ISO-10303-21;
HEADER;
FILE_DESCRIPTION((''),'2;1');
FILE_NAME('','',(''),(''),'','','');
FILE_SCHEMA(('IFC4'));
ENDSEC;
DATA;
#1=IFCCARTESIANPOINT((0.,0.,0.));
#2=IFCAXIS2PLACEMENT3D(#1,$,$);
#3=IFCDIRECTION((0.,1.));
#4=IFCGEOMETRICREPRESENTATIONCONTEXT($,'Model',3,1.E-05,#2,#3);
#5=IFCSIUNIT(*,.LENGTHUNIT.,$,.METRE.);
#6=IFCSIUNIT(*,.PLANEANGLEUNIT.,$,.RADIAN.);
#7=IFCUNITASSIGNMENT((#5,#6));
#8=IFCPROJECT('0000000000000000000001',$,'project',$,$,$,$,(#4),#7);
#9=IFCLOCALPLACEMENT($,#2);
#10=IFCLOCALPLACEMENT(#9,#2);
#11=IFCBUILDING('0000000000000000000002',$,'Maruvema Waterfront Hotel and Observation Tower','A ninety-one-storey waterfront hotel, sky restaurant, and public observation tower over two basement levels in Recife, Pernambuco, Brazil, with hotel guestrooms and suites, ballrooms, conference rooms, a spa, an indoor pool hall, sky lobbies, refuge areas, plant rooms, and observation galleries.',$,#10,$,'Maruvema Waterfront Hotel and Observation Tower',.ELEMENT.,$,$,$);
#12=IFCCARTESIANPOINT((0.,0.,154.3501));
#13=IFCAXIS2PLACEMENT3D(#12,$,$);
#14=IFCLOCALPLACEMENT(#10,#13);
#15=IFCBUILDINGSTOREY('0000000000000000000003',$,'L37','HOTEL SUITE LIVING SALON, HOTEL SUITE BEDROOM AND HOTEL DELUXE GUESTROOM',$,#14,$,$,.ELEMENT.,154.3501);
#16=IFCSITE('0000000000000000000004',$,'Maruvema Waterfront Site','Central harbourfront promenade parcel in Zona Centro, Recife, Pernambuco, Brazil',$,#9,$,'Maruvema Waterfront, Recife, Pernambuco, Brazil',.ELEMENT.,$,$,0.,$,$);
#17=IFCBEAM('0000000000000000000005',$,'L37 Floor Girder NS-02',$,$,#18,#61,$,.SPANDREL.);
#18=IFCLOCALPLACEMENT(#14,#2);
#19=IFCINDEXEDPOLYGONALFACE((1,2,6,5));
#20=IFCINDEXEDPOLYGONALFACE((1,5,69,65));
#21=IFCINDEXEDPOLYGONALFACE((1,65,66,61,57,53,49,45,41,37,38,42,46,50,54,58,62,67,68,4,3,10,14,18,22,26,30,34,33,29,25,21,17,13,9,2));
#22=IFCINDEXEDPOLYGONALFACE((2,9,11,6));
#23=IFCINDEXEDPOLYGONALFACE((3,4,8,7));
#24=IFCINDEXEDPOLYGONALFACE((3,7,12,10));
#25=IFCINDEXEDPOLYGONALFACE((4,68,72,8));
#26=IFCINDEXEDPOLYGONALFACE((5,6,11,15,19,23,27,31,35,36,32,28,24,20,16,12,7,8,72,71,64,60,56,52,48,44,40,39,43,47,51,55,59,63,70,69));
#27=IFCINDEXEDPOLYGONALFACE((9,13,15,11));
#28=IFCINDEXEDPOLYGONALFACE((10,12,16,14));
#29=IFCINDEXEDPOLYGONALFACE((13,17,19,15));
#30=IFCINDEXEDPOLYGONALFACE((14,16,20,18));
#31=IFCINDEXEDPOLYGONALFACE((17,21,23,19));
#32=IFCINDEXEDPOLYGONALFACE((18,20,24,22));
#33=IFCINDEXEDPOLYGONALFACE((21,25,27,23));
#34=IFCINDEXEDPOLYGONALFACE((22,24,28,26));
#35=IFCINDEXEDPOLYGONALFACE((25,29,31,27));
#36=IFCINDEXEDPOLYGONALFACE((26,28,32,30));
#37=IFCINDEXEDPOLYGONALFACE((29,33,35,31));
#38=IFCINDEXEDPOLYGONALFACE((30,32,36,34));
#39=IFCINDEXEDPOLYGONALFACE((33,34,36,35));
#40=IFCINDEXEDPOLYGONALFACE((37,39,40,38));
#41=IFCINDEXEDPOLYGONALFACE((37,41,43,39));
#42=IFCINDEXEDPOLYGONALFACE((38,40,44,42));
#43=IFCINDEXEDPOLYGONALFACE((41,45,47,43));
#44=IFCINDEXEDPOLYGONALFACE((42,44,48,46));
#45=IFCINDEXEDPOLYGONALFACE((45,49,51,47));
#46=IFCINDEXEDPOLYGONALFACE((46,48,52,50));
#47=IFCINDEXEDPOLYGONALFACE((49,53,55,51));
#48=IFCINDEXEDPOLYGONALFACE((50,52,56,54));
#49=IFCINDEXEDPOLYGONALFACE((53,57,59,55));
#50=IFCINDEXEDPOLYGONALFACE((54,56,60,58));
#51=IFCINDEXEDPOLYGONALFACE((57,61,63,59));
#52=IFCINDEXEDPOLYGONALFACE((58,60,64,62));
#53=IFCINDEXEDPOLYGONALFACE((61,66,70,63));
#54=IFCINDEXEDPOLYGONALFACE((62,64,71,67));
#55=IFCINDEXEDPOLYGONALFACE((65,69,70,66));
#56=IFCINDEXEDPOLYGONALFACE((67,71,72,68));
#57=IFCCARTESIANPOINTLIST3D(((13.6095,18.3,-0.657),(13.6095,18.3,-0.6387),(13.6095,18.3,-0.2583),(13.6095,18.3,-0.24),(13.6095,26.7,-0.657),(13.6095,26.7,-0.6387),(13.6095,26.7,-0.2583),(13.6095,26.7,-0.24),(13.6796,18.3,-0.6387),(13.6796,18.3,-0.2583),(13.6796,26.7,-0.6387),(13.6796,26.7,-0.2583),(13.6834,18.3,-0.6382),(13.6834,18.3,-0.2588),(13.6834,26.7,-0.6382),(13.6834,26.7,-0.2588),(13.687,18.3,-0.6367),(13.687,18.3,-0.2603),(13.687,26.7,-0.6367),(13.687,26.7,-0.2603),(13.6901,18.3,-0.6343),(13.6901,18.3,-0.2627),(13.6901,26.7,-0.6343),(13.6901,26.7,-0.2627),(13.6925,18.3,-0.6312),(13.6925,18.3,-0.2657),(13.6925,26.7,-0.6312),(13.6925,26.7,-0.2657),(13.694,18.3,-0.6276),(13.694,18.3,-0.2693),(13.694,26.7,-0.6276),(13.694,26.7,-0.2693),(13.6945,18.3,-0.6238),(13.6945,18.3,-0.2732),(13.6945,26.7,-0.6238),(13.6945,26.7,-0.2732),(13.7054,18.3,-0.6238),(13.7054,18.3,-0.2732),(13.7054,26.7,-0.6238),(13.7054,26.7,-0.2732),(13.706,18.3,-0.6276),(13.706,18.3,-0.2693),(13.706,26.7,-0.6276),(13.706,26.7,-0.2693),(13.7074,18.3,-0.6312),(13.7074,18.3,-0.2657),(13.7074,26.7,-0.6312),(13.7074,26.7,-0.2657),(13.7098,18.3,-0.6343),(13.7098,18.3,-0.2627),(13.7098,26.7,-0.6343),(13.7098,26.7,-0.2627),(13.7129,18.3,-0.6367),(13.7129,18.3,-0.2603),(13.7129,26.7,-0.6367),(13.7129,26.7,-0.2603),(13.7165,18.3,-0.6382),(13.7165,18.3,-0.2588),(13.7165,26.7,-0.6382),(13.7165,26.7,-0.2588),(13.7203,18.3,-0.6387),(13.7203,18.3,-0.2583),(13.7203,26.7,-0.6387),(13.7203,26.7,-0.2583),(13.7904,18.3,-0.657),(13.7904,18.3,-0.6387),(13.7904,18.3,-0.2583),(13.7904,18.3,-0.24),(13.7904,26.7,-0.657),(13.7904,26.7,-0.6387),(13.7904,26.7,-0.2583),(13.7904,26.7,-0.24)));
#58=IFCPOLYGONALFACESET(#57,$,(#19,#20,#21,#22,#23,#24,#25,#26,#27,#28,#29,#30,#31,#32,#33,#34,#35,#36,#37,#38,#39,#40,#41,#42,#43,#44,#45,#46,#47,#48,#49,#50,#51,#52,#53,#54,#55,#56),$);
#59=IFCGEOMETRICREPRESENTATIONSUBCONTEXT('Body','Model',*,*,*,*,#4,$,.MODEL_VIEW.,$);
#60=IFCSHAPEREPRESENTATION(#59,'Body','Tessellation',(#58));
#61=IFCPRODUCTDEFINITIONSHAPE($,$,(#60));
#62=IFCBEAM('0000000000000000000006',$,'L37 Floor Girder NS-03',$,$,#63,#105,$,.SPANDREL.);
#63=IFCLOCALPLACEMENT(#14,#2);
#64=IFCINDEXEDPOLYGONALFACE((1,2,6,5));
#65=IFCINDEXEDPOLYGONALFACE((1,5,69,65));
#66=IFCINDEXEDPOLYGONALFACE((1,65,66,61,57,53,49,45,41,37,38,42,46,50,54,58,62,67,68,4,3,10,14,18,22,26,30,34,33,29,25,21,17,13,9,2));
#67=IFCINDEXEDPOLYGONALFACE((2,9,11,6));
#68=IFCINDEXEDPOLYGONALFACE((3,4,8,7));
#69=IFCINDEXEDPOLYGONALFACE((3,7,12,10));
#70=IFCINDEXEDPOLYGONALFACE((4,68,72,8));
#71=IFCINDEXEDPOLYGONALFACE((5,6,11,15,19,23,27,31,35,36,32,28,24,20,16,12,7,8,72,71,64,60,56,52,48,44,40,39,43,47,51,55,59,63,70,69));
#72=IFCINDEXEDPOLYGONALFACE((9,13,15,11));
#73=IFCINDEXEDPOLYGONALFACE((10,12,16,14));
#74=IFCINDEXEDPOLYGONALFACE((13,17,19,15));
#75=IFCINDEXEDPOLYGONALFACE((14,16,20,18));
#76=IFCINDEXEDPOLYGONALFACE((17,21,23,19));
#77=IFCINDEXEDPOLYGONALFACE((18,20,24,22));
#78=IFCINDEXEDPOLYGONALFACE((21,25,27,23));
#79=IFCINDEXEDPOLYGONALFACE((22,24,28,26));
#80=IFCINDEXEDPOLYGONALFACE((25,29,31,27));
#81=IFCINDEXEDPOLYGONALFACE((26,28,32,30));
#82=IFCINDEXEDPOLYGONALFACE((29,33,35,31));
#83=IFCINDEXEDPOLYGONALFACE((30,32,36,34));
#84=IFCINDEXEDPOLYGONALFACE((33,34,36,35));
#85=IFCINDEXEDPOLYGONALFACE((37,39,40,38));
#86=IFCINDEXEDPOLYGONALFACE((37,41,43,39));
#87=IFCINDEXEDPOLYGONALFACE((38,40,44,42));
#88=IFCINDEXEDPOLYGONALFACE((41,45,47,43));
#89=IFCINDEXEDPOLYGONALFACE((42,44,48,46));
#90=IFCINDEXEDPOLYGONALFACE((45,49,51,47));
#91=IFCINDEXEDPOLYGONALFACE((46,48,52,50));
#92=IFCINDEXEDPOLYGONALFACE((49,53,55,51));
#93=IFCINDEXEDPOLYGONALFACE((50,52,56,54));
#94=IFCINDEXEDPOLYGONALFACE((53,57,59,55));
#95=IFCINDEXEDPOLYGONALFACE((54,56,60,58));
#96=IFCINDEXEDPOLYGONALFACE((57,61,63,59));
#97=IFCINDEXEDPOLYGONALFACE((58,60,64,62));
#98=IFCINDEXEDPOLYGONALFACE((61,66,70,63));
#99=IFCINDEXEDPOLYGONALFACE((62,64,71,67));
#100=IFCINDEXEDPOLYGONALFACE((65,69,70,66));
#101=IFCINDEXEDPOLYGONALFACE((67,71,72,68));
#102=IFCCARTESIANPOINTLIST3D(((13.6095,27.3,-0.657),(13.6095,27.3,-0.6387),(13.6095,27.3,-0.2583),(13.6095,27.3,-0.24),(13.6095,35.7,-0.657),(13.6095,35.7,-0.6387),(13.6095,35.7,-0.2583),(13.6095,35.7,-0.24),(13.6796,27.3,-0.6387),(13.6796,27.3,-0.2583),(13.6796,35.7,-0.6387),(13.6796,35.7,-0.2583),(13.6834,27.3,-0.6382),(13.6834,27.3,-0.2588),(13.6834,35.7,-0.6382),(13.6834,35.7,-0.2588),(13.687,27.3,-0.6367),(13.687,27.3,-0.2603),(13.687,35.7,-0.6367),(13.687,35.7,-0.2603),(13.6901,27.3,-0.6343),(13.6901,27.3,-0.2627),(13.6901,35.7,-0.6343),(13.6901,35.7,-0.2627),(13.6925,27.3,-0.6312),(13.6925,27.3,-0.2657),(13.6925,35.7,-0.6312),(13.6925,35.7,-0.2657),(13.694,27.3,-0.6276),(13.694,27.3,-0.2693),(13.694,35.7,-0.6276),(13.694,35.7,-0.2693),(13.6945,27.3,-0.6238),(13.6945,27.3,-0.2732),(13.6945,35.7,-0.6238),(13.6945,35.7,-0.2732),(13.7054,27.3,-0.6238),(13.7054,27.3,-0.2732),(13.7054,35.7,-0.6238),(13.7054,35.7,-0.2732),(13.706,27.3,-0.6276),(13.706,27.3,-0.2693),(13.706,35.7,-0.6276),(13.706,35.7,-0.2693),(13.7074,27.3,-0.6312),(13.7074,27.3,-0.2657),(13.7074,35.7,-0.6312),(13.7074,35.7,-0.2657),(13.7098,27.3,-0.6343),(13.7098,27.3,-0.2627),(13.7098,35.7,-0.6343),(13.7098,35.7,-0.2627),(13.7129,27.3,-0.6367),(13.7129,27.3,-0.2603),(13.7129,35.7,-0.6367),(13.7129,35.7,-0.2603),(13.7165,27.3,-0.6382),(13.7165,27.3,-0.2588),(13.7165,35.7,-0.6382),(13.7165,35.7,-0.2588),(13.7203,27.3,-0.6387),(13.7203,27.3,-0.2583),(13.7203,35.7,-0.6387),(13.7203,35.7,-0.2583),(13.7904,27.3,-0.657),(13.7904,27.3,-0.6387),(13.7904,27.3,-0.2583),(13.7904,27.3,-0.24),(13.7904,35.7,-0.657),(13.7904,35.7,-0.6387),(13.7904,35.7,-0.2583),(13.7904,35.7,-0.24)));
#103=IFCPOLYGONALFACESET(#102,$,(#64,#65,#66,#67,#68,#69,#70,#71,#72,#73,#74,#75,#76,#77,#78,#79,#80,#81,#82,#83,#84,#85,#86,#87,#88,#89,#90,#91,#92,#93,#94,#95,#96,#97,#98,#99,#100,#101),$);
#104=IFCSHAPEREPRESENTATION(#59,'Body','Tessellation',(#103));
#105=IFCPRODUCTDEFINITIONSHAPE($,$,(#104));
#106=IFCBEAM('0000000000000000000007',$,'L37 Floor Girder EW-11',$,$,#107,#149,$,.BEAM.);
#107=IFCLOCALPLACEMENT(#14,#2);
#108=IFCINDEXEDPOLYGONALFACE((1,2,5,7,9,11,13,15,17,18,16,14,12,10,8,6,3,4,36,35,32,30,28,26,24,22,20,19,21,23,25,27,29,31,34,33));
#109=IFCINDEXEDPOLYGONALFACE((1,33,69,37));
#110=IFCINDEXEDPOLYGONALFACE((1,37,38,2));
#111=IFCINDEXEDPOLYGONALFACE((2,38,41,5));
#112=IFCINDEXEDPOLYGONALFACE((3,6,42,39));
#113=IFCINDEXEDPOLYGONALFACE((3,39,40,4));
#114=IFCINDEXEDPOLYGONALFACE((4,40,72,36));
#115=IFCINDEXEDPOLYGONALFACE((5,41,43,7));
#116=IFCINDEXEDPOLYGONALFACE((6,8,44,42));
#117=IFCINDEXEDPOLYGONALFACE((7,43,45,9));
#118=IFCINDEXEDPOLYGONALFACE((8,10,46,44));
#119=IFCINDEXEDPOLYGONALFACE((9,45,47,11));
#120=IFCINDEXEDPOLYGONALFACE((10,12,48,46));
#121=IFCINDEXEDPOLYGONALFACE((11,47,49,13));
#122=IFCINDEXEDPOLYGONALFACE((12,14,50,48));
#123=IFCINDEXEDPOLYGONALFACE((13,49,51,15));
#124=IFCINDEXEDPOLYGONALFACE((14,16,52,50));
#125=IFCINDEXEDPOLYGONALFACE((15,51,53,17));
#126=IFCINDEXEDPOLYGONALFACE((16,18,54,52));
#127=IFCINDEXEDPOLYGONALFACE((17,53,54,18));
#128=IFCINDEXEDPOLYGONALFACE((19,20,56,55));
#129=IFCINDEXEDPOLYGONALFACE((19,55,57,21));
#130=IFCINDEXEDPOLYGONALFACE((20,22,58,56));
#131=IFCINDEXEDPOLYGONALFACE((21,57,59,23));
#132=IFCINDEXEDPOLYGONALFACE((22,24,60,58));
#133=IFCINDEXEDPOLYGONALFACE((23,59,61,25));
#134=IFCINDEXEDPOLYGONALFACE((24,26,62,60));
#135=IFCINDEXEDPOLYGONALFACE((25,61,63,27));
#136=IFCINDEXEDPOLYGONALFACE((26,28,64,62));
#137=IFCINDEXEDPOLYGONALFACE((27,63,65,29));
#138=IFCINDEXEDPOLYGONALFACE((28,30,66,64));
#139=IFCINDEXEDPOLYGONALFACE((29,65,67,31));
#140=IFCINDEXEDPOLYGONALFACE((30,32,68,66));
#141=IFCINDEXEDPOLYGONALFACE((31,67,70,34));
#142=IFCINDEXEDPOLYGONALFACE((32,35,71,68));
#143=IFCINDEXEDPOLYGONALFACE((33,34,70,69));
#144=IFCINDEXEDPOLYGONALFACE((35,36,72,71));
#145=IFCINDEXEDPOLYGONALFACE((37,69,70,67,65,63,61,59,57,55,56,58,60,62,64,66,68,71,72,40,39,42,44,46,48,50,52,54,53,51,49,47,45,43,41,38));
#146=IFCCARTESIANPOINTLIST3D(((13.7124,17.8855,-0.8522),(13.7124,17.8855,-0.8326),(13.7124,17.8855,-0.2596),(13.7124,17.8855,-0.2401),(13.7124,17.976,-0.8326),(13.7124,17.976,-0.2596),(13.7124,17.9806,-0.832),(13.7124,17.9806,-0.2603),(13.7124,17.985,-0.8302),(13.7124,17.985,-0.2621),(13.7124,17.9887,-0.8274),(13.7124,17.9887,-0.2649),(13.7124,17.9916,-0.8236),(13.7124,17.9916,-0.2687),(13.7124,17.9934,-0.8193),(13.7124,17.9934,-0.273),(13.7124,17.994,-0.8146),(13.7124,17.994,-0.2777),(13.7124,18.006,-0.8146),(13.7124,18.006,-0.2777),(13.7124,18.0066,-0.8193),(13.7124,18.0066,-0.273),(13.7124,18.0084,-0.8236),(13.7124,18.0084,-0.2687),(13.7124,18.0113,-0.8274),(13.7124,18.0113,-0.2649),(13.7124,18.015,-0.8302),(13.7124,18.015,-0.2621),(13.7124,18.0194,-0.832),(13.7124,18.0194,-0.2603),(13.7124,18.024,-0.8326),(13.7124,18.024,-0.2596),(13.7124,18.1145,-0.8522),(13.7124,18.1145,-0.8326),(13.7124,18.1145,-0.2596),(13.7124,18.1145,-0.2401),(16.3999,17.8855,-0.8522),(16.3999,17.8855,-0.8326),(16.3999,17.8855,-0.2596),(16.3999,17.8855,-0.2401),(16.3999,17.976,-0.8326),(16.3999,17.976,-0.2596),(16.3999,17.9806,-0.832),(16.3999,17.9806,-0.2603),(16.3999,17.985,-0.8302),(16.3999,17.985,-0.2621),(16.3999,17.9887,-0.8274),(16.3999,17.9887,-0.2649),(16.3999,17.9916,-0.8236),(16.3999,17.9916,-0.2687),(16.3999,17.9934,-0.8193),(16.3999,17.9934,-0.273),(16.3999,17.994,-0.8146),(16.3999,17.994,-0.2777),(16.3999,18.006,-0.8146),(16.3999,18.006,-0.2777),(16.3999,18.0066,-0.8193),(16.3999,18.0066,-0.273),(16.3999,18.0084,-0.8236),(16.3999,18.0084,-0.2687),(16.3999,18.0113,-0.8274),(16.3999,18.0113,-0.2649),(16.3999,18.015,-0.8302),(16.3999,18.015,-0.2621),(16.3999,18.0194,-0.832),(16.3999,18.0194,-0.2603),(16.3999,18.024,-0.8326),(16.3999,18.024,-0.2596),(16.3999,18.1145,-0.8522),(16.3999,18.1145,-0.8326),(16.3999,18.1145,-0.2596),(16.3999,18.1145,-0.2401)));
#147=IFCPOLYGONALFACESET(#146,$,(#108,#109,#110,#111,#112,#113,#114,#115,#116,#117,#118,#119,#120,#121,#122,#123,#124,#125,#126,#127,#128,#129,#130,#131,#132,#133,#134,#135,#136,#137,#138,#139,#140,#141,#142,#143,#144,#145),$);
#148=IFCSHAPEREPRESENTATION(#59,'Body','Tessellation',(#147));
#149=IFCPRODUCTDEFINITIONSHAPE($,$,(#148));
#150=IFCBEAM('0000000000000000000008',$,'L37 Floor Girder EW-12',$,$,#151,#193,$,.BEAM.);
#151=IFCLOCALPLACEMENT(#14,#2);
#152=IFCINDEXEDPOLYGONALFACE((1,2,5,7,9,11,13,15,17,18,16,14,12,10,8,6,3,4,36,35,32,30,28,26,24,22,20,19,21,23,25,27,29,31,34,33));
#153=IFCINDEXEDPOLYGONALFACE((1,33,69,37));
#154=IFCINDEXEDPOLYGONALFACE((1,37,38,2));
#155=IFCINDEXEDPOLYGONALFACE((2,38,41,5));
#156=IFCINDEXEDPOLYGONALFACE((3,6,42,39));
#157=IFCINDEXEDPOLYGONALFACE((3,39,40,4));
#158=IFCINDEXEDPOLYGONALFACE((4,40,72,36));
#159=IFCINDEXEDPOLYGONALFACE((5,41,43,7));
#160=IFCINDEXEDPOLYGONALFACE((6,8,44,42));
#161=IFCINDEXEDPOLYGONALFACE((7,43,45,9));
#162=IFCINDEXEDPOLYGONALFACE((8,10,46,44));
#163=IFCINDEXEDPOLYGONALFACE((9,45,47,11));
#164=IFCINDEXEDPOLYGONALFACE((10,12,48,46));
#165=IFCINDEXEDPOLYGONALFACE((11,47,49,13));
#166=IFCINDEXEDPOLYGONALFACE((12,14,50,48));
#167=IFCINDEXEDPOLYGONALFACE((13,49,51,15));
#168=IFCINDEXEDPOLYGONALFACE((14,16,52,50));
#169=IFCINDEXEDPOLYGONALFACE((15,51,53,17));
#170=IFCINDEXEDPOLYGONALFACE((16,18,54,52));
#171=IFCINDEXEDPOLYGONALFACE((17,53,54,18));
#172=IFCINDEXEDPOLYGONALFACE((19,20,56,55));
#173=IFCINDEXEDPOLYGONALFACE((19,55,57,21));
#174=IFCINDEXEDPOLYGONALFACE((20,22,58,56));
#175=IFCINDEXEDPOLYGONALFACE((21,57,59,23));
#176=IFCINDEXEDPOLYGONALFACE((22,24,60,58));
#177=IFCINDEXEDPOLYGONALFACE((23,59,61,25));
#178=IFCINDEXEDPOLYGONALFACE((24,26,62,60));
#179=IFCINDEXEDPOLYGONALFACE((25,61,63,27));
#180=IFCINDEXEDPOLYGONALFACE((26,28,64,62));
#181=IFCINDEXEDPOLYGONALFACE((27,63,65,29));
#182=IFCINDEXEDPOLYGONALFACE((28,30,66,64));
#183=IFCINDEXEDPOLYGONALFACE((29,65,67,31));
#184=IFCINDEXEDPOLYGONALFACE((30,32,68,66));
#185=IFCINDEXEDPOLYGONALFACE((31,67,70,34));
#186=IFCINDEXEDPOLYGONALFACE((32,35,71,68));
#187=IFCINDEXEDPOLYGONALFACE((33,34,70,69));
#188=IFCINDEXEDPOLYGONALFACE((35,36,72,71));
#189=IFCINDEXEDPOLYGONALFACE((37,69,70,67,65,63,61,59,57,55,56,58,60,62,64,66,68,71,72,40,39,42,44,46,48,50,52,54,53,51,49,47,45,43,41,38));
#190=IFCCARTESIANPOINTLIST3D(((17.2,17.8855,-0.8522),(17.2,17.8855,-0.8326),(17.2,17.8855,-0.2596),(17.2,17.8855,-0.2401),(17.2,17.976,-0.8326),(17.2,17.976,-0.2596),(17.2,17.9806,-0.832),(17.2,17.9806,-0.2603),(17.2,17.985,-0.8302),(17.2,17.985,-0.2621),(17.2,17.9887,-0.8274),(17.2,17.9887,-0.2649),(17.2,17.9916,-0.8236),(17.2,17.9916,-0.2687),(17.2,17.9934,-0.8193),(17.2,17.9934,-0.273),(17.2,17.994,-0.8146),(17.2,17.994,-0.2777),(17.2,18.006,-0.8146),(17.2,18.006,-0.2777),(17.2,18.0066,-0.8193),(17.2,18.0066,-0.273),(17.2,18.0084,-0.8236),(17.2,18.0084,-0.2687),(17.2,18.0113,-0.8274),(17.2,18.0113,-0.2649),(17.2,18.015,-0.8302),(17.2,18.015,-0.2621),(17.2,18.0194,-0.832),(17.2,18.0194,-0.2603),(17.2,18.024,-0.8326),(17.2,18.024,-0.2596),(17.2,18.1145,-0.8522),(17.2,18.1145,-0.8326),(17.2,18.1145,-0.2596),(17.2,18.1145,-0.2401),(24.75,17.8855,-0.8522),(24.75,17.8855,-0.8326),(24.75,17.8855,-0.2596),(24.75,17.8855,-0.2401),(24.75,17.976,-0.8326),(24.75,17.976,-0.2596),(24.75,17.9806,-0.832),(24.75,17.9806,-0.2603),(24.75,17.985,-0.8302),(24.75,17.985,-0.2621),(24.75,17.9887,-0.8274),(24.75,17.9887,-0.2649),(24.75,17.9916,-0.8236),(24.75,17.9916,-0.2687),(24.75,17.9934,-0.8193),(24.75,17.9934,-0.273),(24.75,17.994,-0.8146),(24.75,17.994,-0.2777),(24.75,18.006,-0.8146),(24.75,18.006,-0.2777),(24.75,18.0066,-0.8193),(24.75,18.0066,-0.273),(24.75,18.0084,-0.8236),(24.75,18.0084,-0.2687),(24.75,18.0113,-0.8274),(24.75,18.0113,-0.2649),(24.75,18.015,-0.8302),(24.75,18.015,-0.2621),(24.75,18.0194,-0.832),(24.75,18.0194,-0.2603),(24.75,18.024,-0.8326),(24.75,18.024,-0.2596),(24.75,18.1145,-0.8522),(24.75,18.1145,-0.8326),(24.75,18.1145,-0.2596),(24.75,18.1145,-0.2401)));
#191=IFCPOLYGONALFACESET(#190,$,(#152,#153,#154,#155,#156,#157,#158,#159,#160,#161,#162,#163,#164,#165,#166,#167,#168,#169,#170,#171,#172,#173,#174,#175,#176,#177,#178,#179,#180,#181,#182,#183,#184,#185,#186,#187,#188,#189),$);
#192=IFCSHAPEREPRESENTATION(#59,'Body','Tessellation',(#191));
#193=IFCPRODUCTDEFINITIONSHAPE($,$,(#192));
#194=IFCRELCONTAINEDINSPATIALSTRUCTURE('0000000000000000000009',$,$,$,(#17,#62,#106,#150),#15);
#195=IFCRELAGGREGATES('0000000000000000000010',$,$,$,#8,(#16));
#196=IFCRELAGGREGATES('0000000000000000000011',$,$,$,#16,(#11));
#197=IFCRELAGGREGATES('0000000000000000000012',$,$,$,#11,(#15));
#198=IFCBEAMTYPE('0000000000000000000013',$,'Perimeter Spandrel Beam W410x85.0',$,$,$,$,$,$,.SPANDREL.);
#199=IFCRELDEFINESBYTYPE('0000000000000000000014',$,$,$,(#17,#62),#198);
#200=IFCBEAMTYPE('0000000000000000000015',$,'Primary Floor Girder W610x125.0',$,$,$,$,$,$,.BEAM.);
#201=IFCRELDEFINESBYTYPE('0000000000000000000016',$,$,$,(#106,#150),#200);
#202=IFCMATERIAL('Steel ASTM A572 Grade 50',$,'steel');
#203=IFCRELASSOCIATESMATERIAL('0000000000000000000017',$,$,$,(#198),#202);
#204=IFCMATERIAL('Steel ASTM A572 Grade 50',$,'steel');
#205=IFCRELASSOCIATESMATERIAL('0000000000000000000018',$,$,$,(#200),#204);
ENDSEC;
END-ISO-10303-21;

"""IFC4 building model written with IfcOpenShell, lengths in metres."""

from ifc_helpers import new_model, si_unit, direction, frame, origin, origin_2d, place, context, subcontext, project, spatial, i_section, extrude, material, material_profile, profile_set, type_object, element, save


model = new_model("IFC4")

# Units and contexts
model_context = context("Model", 3, precision=1e-05, world=origin(), true_north=direction((0.0, 1.0)))
body_context = subcontext(model_context, "Body", "Model", "MODEL_VIEW")
ifc_project = project(units=[si_unit("LENGTHUNIT", "METRE"), si_unit("PLANEANGLEUNIT", "RADIAN")], contexts=[model_context])

# Site, building, storey
site_placement = place(None, origin())
site = spatial("IfcSite", under=ifc_project, at=site_placement, Name="Maruvema Waterfront Site", Description="Central harbourfront promenade parcel in Zona Centro, Recife, Pernambuco, Brazil", LongName="Maruvema Waterfront, Recife, Pernambuco, Brazil", CompositionType="ELEMENT", RefElevation=0.0)
building_placement = place(site_placement, origin())
building = spatial("IfcBuilding", under=site, at=building_placement, Name="Maruvema Waterfront Hotel and Observation Tower", Description="A ninety-one-storey waterfront hotel, sky restaurant, and public observation tower over two basement levels in Recife, Pernambuco, Brazil, with hotel guestrooms and suites, ballrooms, conference rooms, a spa, an indoor pool hall, sky lobbies, refuge areas, plant rooms, and observation galleries.", LongName="Maruvema Waterfront Hotel and Observation Tower", CompositionType="ELEMENT")
storey_placement = place(building_placement, frame((0.0, 0.0, 154.3501)))
storey = spatial("IfcBuildingStorey", under=building, at=storey_placement, Name="L37", Description="HOTEL SUITE LIVING SALON, HOTEL SUITE BEDROOM AND HOTEL DELUXE GUESTROOM", CompositionType="ELEMENT", Elevation=154.3501)

# Beams
ifc_material_1 = material(Name="Steel ASTM A572 Grade 50", Category="steel")
ifc_material_profile_1 = material_profile(ifc_material_1, i_section(OverallWidth=0.1809, OverallDepth=0.417, WebThickness=0.011, FlangeThickness=0.0183, FilletRadius=0.0149, at=origin_2d()), Name="W410x85.0")
ifc_profile_set_1 = profile_set([ifc_material_profile_1], Name="Steel ASTM A572 Grade 50")
beam_type_1 = type_object("IfcBeamType", Name="Perimeter Spandrel Beam W410x85.0", PredefinedType="SPANDREL", material=ifc_profile_set_1)
for number, where, z_axis, x_axis, name in (
    (1, (13.7, 18.3, -0.4485), (0.0, 1.0, 0.0), (-1.0, 0.0, 0.0), "L37 Floor Girder NS-02"),
    (2, (13.7, 27.3, -0.4485), (0.0, 1.0, 0.0), (-1.0, 0.0, 0.0), "L37 Floor Girder NS-03"),
):
    element("IfcBeam", number, at=place(storey_placement, frame(where, z_axis=z_axis, x_axis=x_axis)), inside=storey, type_object=beam_type_1, Name=name, PredefinedType="SPANDREL", context=body_context, shape_type="SweptSolid", body=[
        extrude(i_section(OverallWidth=0.1809, OverallDepth=0.417, WebThickness=0.011, FlangeThickness=0.0183, FilletRadius=0.0149, at=origin_2d()), origin(), (0.0, 0.0, 1.0), 8.3999),
    ])
ifc_material_2 = material(Name="Steel ASTM A572 Grade 50", Category="steel")
ifc_material_profile_2 = material_profile(ifc_material_2, i_section(OverallWidth=0.229, OverallDepth=0.6121, WebThickness=0.012, FlangeThickness=0.0195, FilletRadius=0.0181, at=origin_2d()), Name="W610x125.0")
ifc_profile_set_2 = profile_set([ifc_material_profile_2], Name="Steel ASTM A572 Grade 50")
beam_type_2 = type_object("IfcBeamType", Name="Primary Floor Girder W610x125.0", PredefinedType="BEAM", material=ifc_profile_set_2)
beam_1_placement = place(storey_placement, frame((13.7124, 18.0, -0.5461), z_axis=(1.0, 0.0, 0.0), x_axis=(0.0, 1.0, 0.0)))
element("IfcBeam", 3, at=beam_1_placement, inside=storey, type_object=beam_type_2, Name="L37 Floor Girder EW-11", PredefinedType="BEAM", context=body_context, shape_type="SweptSolid", body=[
    extrude(i_section(OverallWidth=0.229, OverallDepth=0.6121, WebThickness=0.012, FlangeThickness=0.0195, FilletRadius=0.0181, at=origin_2d()), origin(), (0.0, 0.0, 1.0), 2.6875),
])
beam_2_placement = place(storey_placement, frame((17.2, 18.0, -0.5461), z_axis=(1.0, 0.0, 0.0), x_axis=(0.0, 1.0, 0.0)))
element("IfcBeam", 4, at=beam_2_placement, inside=storey, type_object=beam_type_2, Name="L37 Floor Girder EW-12", PredefinedType="BEAM", context=body_context, shape_type="SweptSolid", body=[
    extrude(i_section(OverallWidth=0.229, OverallDepth=0.6121, WebThickness=0.012, FlangeThickness=0.0195, FilletRadius=0.0181, at=origin_2d()), origin(), (0.0, 0.0, 1.0), 7.55),
])

save(model, "model.ifc")
